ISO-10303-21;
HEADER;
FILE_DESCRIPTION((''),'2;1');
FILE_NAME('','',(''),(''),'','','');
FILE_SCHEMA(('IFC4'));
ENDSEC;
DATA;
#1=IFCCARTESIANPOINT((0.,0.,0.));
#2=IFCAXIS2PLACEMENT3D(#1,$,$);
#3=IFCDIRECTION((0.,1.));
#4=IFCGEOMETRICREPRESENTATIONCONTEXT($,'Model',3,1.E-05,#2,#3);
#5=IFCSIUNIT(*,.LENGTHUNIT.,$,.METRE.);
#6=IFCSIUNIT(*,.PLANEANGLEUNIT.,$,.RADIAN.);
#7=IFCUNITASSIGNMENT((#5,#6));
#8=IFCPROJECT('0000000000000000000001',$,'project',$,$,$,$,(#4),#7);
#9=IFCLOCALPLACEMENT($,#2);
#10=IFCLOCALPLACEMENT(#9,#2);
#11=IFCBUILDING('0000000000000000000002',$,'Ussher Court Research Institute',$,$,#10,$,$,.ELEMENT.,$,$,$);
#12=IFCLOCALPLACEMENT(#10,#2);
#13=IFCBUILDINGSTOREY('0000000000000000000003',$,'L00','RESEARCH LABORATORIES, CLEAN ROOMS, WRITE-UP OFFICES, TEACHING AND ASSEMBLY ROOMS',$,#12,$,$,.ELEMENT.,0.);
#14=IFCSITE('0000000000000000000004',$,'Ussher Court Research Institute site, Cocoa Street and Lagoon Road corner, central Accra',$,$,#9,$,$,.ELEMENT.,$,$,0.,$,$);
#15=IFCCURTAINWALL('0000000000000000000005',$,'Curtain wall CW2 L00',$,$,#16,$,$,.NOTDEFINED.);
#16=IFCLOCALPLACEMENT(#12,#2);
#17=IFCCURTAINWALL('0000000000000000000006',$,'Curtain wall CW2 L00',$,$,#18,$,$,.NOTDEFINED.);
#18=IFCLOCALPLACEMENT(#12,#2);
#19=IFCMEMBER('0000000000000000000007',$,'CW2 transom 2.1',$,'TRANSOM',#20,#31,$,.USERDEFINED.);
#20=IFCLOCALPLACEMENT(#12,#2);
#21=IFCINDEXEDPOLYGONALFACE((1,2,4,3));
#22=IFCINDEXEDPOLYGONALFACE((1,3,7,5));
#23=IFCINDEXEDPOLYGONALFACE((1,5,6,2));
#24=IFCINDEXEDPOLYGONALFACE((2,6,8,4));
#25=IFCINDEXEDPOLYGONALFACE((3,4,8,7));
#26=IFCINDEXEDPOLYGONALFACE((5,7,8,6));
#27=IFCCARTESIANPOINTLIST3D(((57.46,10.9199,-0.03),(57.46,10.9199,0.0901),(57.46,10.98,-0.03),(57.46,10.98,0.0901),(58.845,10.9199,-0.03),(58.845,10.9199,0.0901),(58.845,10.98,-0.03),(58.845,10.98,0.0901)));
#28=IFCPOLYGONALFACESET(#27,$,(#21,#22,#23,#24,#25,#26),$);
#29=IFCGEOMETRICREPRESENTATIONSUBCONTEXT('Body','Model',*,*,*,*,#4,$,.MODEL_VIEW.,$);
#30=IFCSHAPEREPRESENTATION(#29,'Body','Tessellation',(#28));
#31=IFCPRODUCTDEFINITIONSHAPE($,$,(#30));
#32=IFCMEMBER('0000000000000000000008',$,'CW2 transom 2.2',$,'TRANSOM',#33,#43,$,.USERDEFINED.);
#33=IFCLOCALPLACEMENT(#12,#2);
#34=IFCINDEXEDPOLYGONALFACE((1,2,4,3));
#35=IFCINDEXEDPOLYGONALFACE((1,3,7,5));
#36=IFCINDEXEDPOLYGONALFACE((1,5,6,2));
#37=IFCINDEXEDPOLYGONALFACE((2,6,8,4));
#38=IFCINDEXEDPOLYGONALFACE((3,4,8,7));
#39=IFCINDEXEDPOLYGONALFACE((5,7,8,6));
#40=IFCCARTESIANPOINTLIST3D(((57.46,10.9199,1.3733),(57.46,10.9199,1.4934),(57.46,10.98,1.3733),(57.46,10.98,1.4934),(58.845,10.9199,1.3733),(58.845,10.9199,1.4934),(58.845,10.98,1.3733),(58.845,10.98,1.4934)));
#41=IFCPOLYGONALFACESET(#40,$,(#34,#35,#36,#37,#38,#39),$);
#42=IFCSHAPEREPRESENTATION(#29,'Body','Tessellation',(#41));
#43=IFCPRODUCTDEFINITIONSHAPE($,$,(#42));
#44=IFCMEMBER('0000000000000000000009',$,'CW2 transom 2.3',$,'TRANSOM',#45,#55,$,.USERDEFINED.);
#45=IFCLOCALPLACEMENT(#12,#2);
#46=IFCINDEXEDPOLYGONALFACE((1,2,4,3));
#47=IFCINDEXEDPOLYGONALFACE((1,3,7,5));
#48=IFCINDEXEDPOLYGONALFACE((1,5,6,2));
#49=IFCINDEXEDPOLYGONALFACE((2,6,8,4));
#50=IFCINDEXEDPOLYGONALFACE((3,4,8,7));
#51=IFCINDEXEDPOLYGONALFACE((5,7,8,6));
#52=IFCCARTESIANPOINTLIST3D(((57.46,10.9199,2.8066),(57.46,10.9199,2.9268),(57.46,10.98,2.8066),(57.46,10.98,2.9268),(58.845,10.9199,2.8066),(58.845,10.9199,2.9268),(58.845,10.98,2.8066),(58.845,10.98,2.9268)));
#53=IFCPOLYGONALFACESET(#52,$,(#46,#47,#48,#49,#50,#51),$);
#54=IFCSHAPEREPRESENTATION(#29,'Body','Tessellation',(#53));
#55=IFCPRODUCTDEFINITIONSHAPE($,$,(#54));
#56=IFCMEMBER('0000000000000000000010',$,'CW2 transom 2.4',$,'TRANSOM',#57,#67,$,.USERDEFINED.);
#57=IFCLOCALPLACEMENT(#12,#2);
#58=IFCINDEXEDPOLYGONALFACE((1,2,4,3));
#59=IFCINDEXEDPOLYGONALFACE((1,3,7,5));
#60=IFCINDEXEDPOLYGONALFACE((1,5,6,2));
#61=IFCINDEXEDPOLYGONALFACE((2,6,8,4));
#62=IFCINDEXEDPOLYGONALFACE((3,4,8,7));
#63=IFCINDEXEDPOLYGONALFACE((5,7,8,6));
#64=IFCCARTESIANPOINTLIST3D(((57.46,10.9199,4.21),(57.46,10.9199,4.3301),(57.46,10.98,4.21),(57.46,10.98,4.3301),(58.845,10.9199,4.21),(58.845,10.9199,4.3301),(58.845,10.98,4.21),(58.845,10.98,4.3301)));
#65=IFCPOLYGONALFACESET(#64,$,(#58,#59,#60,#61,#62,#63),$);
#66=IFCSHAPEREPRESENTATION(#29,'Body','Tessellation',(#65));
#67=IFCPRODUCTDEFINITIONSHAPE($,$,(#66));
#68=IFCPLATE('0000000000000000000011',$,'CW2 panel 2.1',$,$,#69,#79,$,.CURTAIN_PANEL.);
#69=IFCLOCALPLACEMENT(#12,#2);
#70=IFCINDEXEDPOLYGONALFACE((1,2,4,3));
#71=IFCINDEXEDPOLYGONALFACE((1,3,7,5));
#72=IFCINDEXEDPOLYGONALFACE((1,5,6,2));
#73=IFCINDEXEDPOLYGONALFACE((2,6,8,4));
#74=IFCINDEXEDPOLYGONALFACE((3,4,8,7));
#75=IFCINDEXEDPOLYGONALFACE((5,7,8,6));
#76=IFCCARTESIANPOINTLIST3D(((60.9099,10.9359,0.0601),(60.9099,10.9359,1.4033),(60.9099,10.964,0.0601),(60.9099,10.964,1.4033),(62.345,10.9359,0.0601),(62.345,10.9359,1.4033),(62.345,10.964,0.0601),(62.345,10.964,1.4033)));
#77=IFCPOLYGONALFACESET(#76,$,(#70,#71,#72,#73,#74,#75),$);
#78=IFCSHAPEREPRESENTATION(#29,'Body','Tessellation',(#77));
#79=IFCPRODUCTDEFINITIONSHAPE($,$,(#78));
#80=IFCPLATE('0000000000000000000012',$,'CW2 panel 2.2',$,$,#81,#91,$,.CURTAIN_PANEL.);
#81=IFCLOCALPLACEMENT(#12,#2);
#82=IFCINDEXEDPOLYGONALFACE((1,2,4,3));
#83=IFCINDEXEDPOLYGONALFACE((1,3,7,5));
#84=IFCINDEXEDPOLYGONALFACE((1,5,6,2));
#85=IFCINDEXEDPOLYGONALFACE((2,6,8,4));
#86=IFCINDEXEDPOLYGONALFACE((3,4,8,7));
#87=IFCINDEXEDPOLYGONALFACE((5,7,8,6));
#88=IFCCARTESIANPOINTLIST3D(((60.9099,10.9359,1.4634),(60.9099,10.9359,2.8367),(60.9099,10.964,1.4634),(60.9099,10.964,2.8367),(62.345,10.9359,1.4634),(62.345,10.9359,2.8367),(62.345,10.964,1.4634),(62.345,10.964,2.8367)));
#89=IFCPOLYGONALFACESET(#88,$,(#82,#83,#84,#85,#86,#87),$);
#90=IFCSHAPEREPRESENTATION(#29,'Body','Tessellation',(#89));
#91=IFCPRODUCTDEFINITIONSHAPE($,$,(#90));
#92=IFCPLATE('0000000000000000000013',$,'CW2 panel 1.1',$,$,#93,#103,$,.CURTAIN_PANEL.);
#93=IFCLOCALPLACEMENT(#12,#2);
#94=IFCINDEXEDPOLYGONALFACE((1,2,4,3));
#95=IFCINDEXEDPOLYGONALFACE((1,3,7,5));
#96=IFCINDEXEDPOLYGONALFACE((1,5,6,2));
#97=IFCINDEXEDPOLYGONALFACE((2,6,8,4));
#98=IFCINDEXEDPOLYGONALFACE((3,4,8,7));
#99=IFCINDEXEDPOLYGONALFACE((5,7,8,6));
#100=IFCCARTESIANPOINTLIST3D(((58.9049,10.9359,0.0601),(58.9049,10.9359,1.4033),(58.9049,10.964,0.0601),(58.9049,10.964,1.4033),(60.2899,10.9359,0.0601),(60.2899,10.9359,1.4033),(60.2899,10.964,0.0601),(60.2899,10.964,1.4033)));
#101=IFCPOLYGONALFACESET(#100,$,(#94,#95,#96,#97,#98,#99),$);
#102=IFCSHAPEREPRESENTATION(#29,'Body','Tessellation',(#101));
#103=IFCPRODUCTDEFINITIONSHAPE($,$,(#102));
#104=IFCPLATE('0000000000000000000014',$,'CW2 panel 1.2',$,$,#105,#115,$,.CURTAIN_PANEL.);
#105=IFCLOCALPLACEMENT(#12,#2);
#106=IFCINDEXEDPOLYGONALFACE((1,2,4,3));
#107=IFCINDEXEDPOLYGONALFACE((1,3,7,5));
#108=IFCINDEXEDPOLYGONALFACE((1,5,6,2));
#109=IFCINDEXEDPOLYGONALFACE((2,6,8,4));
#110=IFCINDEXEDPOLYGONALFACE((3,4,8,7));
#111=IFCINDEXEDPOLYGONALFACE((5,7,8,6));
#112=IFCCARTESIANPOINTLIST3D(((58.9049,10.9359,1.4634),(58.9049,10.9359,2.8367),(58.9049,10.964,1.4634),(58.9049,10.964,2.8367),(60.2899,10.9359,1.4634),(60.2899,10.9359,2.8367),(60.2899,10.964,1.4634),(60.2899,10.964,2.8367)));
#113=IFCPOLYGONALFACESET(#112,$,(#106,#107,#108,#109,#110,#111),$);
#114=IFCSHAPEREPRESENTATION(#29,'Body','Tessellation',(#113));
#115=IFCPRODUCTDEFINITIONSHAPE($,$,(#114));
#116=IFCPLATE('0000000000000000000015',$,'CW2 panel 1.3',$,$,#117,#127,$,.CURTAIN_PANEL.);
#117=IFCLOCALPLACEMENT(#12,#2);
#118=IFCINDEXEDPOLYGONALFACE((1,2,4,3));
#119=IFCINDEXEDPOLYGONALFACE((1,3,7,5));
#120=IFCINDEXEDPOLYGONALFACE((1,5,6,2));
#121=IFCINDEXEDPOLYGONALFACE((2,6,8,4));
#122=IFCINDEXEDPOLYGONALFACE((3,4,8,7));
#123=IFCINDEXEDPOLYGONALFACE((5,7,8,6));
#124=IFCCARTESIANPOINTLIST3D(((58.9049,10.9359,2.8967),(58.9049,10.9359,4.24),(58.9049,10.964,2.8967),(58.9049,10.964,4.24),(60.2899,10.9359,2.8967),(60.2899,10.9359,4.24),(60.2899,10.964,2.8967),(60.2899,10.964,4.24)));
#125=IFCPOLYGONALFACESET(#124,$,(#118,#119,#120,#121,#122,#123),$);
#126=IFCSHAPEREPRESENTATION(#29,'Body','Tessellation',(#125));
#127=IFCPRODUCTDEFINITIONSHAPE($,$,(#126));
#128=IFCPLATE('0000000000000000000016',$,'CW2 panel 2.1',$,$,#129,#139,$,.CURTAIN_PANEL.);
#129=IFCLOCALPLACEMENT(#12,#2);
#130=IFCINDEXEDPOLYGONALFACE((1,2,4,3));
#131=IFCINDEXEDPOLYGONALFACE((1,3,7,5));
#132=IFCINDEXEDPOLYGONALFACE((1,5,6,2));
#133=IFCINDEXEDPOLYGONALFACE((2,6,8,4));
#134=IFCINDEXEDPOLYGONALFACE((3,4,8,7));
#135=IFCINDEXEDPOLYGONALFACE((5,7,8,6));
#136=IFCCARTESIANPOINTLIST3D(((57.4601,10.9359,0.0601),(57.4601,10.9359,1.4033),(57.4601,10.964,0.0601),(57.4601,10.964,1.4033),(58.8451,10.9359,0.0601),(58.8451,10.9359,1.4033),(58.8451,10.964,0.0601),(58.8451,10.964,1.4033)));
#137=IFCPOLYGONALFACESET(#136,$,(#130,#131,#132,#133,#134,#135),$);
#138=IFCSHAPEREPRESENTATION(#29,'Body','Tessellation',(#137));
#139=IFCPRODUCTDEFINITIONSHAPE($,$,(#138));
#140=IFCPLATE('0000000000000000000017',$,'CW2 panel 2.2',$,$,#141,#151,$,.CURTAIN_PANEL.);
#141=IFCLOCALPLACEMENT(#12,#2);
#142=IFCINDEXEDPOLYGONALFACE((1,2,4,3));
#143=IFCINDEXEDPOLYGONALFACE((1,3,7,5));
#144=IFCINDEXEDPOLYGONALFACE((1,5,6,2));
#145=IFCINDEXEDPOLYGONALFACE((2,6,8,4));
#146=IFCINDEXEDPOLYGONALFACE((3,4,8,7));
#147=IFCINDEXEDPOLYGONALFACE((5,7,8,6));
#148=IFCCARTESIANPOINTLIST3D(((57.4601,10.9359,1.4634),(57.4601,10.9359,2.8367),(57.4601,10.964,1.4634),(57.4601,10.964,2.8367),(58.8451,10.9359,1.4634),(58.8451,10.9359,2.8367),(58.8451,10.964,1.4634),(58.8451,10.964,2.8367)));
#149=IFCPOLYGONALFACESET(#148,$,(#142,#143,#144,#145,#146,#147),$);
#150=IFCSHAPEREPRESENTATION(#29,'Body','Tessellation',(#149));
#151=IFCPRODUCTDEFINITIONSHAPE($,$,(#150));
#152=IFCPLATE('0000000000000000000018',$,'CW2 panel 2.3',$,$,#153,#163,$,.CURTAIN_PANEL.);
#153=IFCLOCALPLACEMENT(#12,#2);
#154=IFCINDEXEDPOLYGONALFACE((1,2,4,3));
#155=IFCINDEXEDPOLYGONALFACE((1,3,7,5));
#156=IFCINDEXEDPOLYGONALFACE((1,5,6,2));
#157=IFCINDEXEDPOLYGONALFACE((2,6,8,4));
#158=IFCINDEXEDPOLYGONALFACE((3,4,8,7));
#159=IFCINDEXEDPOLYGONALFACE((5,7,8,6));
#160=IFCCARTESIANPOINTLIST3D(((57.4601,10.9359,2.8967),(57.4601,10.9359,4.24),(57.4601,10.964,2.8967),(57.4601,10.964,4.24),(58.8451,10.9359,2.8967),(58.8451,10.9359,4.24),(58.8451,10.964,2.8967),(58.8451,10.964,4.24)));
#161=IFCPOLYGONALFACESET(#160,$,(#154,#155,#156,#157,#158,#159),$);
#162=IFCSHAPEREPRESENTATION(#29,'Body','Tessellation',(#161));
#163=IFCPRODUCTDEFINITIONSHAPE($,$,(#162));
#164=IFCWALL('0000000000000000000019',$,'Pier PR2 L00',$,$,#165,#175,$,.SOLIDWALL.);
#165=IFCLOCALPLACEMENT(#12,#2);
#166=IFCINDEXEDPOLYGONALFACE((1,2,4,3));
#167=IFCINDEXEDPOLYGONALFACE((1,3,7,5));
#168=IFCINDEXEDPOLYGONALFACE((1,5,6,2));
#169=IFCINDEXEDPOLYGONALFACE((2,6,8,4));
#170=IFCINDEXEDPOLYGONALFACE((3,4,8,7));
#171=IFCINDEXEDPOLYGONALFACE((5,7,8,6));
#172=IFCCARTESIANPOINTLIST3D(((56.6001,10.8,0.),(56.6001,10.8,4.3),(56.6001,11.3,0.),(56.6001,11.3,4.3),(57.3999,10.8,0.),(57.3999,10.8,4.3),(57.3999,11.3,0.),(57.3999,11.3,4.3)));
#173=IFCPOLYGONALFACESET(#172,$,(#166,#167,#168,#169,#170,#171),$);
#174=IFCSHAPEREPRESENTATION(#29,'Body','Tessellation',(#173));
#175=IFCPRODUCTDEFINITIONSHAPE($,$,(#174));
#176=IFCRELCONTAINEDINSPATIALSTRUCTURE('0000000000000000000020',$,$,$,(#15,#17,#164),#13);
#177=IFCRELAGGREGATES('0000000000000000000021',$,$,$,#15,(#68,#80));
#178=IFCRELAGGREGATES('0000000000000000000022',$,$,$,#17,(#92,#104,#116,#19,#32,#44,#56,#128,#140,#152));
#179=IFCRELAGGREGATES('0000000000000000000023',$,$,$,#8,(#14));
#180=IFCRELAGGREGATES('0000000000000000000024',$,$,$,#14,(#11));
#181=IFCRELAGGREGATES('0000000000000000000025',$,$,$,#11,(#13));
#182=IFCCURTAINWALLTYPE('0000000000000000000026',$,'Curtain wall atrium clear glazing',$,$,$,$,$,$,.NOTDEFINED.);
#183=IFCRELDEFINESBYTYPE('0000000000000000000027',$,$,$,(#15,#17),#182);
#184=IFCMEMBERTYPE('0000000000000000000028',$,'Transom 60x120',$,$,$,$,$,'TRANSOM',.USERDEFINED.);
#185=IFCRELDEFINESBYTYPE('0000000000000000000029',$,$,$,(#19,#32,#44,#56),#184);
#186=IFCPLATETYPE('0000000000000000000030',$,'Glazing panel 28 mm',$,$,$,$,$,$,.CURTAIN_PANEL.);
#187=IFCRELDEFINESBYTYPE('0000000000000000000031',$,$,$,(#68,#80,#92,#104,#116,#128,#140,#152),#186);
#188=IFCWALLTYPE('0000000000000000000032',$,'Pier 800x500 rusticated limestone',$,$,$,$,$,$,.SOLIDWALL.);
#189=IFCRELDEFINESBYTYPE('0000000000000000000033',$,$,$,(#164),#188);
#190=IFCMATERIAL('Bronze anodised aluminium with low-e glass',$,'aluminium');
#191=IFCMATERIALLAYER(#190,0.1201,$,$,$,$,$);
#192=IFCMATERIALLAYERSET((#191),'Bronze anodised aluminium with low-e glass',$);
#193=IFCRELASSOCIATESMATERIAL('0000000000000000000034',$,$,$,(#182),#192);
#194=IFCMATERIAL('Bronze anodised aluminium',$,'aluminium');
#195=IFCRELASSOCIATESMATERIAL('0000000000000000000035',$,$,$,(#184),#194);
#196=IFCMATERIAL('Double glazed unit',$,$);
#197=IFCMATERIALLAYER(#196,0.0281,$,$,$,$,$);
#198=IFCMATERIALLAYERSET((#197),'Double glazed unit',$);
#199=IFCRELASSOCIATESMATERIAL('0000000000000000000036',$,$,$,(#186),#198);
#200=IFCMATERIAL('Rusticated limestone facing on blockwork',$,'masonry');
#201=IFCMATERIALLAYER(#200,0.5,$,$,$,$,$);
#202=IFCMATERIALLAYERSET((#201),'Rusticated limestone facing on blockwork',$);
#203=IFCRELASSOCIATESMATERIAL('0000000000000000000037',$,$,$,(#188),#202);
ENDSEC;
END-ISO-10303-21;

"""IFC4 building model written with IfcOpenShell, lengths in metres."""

from ifc_helpers import new_model, si_unit, direction, frame, frame_2d, origin, origin_2d, place, context, subcontext, project, spatial, rectangle, extrude, material, layer, layer_set, material_profile, profile_set, type_object, element, aggregate, save


model = new_model("IFC4")

# Units and contexts
model_context = context("Model", 3, precision=1e-05, world=origin(), true_north=direction((0.0, 1.0)))
body_context = subcontext(model_context, "Body", "Model", "MODEL_VIEW")
ifc_project = project(units=[si_unit("LENGTHUNIT", "METRE"), si_unit("PLANEANGLEUNIT", "RADIAN")], contexts=[model_context])

# Site, building, storey
site_placement = place(None, origin())
site = spatial("IfcSite", under=ifc_project, at=site_placement, Name="Ussher Court Research Institute site, Cocoa Street and Lagoon Road corner, central Accra", CompositionType="ELEMENT", RefElevation=0.0)
building_placement = place(site_placement, origin())
building = spatial("IfcBuilding", under=site, at=building_placement, Name="Ussher Court Research Institute", CompositionType="ELEMENT")
storey_placement = place(building_placement, origin())
storey = spatial("IfcBuildingStorey", under=building, at=storey_placement, Name="L00", Description="RESEARCH LABORATORIES, CLEAN ROOMS, WRITE-UP OFFICES, TEACHING AND ASSEMBLY ROOMS", CompositionType="ELEMENT", Elevation=0.0)

# Curtain wall
ifc_material_1 = material(Name="Bronze anodised aluminium with low-e glass", Category="aluminium")
ifc_layer_1 = layer(ifc_material_1, 0.1201)
ifc_layer_set_1 = layer_set([ifc_layer_1], Name="Bronze anodised aluminium with low-e glass")
curtain_wall_type = type_object("IfcCurtainWallType", Name="Curtain wall atrium clear glazing", PredefinedType="NOTDEFINED", material=ifc_layer_set_1)
curtain_wall_1_placement = place(storey_placement, origin())
curtain_wall_1 = element("IfcCurtainWall", 1, at=curtain_wall_1_placement, inside=storey, type_object=curtain_wall_type, Name="Curtain wall CW2 L00", PredefinedType="NOTDEFINED")

# Curtain wall, members
curtain_wall_2_placement = place(storey_placement, origin())
curtain_wall_2 = element("IfcCurtainWall", 2, at=curtain_wall_2_placement, inside=storey, type_object=curtain_wall_type, Name="Curtain wall CW2 L00", PredefinedType="NOTDEFINED")
ifc_material_2 = material(Name="Bronze anodised aluminium", Category="aluminium")
ifc_material_profile_1 = material_profile(ifc_material_2, rectangle(XDim=0.0601, YDim=0.1201, at=origin_2d()), Name="Transom 60x120")
ifc_profile_set_1 = profile_set([ifc_material_profile_1], Name="Bronze anodised aluminium")
member_type_1 = type_object("IfcMemberType", Name="Transom 60x120", ElementType="TRANSOM", PredefinedType="USERDEFINED", material=ifc_profile_set_1)
member_1_placement = place(storey_placement, frame((58.845, 10.95, 0.03), z_axis=(-1.0, 0.0, 0.0), x_axis=(0.0, -1.0, 0.0)))
member_1 = element("IfcMember", 3, at=member_1_placement, type_object=member_type_1, Name="CW2 transom 2.1", ObjectType="TRANSOM", PredefinedType="USERDEFINED", context=body_context, shape_type="SweptSolid", body=[
    extrude(rectangle(XDim=0.0601, YDim=0.1201, at=origin_2d()), origin(), (0.0, 0.0, 1.0), 1.385),
])
member_2_placement = place(storey_placement, frame((58.845, 10.95, 1.4333), z_axis=(-1.0, 0.0, 0.0), x_axis=(0.0, -1.0, 0.0)))
member_2 = element("IfcMember", 4, at=member_2_placement, type_object=member_type_1, Name="CW2 transom 2.2", ObjectType="TRANSOM", PredefinedType="USERDEFINED", context=body_context, shape_type="SweptSolid", body=[
    extrude(rectangle(XDim=0.0601, YDim=0.1201, at=origin_2d()), origin(), (0.0, 0.0, 1.0), 1.385),
])
member_3_placement = place(storey_placement, frame((58.845, 10.95, 2.8667), z_axis=(-1.0, 0.0, 0.0), x_axis=(0.0, -1.0, 0.0)))
member_3 = element("IfcMember", 5, at=member_3_placement, type_object=member_type_1, Name="CW2 transom 2.3", ObjectType="TRANSOM", PredefinedType="USERDEFINED", context=body_context, shape_type="SweptSolid", body=[
    extrude(rectangle(XDim=0.0601, YDim=0.1201, at=origin_2d()), origin(), (0.0, 0.0, 1.0), 1.385),
])
member_4_placement = place(storey_placement, frame((58.845, 10.95, 4.27), z_axis=(-1.0, 0.0, 0.0), x_axis=(0.0, -1.0, 0.0)))
member_4 = element("IfcMember", 6, at=member_4_placement, type_object=member_type_1, Name="CW2 transom 2.4", ObjectType="TRANSOM", PredefinedType="USERDEFINED", context=body_context, shape_type="SweptSolid", body=[
    extrude(rectangle(XDim=0.0601, YDim=0.1201, at=origin_2d()), origin(), (0.0, 0.0, 1.0), 1.385),
])

# Plates
ifc_material_3 = material(Name="Double glazed unit")
ifc_layer_2 = layer(ifc_material_3, 0.0281)
ifc_layer_set_2 = layer_set([ifc_layer_2], Name="Double glazed unit")
plate_type = type_object("IfcPlateType", Name="Glazing panel 28 mm", PredefinedType="CURTAIN_PANEL", material=ifc_layer_set_2)
plate_1_placement = place(storey_placement, frame((61.6274, 10.95, 0.0601), z_axis=(0.0, 0.0, 1.0), x_axis=(-1.0, 0.0, 0.0)))
plate_1 = element("IfcPlate", 7, at=plate_1_placement, type_object=plate_type, Name="CW2 panel 2.1", PredefinedType="CURTAIN_PANEL", context=body_context, shape_type="SweptSolid", body=[
    extrude(rectangle(XDim=1.4351, YDim=0.0281, at=origin_2d()), origin(), (0.0, 0.0, 1.0), 1.3433),
])
plate_2_placement = place(storey_placement, frame((61.6274, 10.95, 1.4634), z_axis=(0.0, 0.0, 1.0), x_axis=(-1.0, 0.0, 0.0)))
plate_2 = element("IfcPlate", 8, at=plate_2_placement, type_object=plate_type, Name="CW2 panel 2.2", PredefinedType="CURTAIN_PANEL", context=body_context, shape_type="SweptSolid", body=[
    extrude(rectangle(XDim=1.4351, YDim=0.0281, at=origin_2d()), origin(), (0.0, 0.0, 1.0), 1.3733),
])
aggregate(curtain_wall_1, [plate_1, plate_2])
plate_3_placement = place(storey_placement, frame((59.5974, 10.95, 0.0601), z_axis=(0.0, 0.0, 1.0), x_axis=(-1.0, 0.0, 0.0)))
plate_3 = element("IfcPlate", 9, at=plate_3_placement, type_object=plate_type, Name="CW2 panel 1.1", PredefinedType="CURTAIN_PANEL", context=body_context, shape_type="SweptSolid", body=[
    extrude(rectangle(XDim=1.385, YDim=0.0281, at=origin_2d()), origin(), (0.0, 0.0, 1.0), 1.3433),
])
plate_4_placement = place(storey_placement, frame((59.5974, 10.95, 1.4634), z_axis=(0.0, 0.0, 1.0), x_axis=(-1.0, 0.0, 0.0)))
plate_4 = element("IfcPlate", 10, at=plate_4_placement, type_object=plate_type, Name="CW2 panel 1.2", PredefinedType="CURTAIN_PANEL", context=body_context, shape_type="SweptSolid", body=[
    extrude(rectangle(XDim=1.385, YDim=0.0281, at=origin_2d()), origin(), (0.0, 0.0, 1.0), 1.3733),
])
plate_5_placement = place(storey_placement, frame((59.5974, 10.95, 2.8967), z_axis=(0.0, 0.0, 1.0), x_axis=(-1.0, 0.0, 0.0)))
plate_5 = element("IfcPlate", 11, at=plate_5_placement, type_object=plate_type, Name="CW2 panel 1.3", PredefinedType="CURTAIN_PANEL", context=body_context, shape_type="SweptSolid", body=[
    extrude(rectangle(XDim=1.385, YDim=0.0281, at=origin_2d()), origin(), (0.0, 0.0, 1.0), 1.3433),
])
plate_6_placement = place(storey_placement, frame((58.1526, 10.95, 0.0601), z_axis=(0.0, 0.0, 1.0), x_axis=(-1.0, 0.0, 0.0)))
plate_6 = element("IfcPlate", 12, at=plate_6_placement, type_object=plate_type, Name="CW2 panel 2.1", PredefinedType="CURTAIN_PANEL", context=body_context, shape_type="SweptSolid", body=[
    extrude(rectangle(XDim=1.385, YDim=0.0281, at=origin_2d()), origin(), (0.0, 0.0, 1.0), 1.3433),
])
plate_7_placement = place(storey_placement, frame((58.1526, 10.95, 1.4634), z_axis=(0.0, 0.0, 1.0), x_axis=(-1.0, 0.0, 0.0)))
plate_7 = element("IfcPlate", 13, at=plate_7_placement, type_object=plate_type, Name="CW2 panel 2.2", PredefinedType="CURTAIN_PANEL", context=body_context, shape_type="SweptSolid", body=[
    extrude(rectangle(XDim=1.385, YDim=0.0281, at=origin_2d()), origin(), (0.0, 0.0, 1.0), 1.3733),
])
plate_8_placement = place(storey_placement, frame((58.1526, 10.95, 2.8967), z_axis=(0.0, 0.0, 1.0), x_axis=(-1.0, 0.0, 0.0)))
plate_8 = element("IfcPlate", 14, at=plate_8_placement, type_object=plate_type, Name="CW2 panel 2.3", PredefinedType="CURTAIN_PANEL", context=body_context, shape_type="SweptSolid", body=[
    extrude(rectangle(XDim=1.385, YDim=0.0281, at=origin_2d()), origin(), (0.0, 0.0, 1.0), 1.3433),
])
aggregate(curtain_wall_2, [plate_3, plate_4, plate_5, member_1, member_2, member_3, member_4, plate_6, plate_7, plate_8])

# Wall
ifc_material_4 = material(Name="Rusticated limestone facing on blockwork", Category="masonry")
ifc_layer_3 = layer(ifc_material_4, 0.5)
ifc_layer_set_3 = layer_set([ifc_layer_3], Name="Rusticated limestone facing on blockwork")
wall_type = type_object("IfcWallType", Name="Pier 800x500 rusticated limestone", PredefinedType="SOLIDWALL", material=ifc_layer_set_3)
wall_placement = place(storey_placement, frame((57.3999, 11.05, 0.0), z_axis=(0.0, 0.0, 1.0), x_axis=(-1.0, 0.0, 0.0)))
element("IfcWall", 15, at=wall_placement, inside=storey, type_object=wall_type, Name="Pier PR2 L00", PredefinedType="SOLIDWALL", context=body_context, shape_type="SweptSolid", body=[
    extrude(rectangle(XDim=0.7998, YDim=0.5, at=frame_2d((0.3999, 0.0))), origin(), (0.0, 0.0, 1.0), 4.3),
])

save(model, "model.ifc")
